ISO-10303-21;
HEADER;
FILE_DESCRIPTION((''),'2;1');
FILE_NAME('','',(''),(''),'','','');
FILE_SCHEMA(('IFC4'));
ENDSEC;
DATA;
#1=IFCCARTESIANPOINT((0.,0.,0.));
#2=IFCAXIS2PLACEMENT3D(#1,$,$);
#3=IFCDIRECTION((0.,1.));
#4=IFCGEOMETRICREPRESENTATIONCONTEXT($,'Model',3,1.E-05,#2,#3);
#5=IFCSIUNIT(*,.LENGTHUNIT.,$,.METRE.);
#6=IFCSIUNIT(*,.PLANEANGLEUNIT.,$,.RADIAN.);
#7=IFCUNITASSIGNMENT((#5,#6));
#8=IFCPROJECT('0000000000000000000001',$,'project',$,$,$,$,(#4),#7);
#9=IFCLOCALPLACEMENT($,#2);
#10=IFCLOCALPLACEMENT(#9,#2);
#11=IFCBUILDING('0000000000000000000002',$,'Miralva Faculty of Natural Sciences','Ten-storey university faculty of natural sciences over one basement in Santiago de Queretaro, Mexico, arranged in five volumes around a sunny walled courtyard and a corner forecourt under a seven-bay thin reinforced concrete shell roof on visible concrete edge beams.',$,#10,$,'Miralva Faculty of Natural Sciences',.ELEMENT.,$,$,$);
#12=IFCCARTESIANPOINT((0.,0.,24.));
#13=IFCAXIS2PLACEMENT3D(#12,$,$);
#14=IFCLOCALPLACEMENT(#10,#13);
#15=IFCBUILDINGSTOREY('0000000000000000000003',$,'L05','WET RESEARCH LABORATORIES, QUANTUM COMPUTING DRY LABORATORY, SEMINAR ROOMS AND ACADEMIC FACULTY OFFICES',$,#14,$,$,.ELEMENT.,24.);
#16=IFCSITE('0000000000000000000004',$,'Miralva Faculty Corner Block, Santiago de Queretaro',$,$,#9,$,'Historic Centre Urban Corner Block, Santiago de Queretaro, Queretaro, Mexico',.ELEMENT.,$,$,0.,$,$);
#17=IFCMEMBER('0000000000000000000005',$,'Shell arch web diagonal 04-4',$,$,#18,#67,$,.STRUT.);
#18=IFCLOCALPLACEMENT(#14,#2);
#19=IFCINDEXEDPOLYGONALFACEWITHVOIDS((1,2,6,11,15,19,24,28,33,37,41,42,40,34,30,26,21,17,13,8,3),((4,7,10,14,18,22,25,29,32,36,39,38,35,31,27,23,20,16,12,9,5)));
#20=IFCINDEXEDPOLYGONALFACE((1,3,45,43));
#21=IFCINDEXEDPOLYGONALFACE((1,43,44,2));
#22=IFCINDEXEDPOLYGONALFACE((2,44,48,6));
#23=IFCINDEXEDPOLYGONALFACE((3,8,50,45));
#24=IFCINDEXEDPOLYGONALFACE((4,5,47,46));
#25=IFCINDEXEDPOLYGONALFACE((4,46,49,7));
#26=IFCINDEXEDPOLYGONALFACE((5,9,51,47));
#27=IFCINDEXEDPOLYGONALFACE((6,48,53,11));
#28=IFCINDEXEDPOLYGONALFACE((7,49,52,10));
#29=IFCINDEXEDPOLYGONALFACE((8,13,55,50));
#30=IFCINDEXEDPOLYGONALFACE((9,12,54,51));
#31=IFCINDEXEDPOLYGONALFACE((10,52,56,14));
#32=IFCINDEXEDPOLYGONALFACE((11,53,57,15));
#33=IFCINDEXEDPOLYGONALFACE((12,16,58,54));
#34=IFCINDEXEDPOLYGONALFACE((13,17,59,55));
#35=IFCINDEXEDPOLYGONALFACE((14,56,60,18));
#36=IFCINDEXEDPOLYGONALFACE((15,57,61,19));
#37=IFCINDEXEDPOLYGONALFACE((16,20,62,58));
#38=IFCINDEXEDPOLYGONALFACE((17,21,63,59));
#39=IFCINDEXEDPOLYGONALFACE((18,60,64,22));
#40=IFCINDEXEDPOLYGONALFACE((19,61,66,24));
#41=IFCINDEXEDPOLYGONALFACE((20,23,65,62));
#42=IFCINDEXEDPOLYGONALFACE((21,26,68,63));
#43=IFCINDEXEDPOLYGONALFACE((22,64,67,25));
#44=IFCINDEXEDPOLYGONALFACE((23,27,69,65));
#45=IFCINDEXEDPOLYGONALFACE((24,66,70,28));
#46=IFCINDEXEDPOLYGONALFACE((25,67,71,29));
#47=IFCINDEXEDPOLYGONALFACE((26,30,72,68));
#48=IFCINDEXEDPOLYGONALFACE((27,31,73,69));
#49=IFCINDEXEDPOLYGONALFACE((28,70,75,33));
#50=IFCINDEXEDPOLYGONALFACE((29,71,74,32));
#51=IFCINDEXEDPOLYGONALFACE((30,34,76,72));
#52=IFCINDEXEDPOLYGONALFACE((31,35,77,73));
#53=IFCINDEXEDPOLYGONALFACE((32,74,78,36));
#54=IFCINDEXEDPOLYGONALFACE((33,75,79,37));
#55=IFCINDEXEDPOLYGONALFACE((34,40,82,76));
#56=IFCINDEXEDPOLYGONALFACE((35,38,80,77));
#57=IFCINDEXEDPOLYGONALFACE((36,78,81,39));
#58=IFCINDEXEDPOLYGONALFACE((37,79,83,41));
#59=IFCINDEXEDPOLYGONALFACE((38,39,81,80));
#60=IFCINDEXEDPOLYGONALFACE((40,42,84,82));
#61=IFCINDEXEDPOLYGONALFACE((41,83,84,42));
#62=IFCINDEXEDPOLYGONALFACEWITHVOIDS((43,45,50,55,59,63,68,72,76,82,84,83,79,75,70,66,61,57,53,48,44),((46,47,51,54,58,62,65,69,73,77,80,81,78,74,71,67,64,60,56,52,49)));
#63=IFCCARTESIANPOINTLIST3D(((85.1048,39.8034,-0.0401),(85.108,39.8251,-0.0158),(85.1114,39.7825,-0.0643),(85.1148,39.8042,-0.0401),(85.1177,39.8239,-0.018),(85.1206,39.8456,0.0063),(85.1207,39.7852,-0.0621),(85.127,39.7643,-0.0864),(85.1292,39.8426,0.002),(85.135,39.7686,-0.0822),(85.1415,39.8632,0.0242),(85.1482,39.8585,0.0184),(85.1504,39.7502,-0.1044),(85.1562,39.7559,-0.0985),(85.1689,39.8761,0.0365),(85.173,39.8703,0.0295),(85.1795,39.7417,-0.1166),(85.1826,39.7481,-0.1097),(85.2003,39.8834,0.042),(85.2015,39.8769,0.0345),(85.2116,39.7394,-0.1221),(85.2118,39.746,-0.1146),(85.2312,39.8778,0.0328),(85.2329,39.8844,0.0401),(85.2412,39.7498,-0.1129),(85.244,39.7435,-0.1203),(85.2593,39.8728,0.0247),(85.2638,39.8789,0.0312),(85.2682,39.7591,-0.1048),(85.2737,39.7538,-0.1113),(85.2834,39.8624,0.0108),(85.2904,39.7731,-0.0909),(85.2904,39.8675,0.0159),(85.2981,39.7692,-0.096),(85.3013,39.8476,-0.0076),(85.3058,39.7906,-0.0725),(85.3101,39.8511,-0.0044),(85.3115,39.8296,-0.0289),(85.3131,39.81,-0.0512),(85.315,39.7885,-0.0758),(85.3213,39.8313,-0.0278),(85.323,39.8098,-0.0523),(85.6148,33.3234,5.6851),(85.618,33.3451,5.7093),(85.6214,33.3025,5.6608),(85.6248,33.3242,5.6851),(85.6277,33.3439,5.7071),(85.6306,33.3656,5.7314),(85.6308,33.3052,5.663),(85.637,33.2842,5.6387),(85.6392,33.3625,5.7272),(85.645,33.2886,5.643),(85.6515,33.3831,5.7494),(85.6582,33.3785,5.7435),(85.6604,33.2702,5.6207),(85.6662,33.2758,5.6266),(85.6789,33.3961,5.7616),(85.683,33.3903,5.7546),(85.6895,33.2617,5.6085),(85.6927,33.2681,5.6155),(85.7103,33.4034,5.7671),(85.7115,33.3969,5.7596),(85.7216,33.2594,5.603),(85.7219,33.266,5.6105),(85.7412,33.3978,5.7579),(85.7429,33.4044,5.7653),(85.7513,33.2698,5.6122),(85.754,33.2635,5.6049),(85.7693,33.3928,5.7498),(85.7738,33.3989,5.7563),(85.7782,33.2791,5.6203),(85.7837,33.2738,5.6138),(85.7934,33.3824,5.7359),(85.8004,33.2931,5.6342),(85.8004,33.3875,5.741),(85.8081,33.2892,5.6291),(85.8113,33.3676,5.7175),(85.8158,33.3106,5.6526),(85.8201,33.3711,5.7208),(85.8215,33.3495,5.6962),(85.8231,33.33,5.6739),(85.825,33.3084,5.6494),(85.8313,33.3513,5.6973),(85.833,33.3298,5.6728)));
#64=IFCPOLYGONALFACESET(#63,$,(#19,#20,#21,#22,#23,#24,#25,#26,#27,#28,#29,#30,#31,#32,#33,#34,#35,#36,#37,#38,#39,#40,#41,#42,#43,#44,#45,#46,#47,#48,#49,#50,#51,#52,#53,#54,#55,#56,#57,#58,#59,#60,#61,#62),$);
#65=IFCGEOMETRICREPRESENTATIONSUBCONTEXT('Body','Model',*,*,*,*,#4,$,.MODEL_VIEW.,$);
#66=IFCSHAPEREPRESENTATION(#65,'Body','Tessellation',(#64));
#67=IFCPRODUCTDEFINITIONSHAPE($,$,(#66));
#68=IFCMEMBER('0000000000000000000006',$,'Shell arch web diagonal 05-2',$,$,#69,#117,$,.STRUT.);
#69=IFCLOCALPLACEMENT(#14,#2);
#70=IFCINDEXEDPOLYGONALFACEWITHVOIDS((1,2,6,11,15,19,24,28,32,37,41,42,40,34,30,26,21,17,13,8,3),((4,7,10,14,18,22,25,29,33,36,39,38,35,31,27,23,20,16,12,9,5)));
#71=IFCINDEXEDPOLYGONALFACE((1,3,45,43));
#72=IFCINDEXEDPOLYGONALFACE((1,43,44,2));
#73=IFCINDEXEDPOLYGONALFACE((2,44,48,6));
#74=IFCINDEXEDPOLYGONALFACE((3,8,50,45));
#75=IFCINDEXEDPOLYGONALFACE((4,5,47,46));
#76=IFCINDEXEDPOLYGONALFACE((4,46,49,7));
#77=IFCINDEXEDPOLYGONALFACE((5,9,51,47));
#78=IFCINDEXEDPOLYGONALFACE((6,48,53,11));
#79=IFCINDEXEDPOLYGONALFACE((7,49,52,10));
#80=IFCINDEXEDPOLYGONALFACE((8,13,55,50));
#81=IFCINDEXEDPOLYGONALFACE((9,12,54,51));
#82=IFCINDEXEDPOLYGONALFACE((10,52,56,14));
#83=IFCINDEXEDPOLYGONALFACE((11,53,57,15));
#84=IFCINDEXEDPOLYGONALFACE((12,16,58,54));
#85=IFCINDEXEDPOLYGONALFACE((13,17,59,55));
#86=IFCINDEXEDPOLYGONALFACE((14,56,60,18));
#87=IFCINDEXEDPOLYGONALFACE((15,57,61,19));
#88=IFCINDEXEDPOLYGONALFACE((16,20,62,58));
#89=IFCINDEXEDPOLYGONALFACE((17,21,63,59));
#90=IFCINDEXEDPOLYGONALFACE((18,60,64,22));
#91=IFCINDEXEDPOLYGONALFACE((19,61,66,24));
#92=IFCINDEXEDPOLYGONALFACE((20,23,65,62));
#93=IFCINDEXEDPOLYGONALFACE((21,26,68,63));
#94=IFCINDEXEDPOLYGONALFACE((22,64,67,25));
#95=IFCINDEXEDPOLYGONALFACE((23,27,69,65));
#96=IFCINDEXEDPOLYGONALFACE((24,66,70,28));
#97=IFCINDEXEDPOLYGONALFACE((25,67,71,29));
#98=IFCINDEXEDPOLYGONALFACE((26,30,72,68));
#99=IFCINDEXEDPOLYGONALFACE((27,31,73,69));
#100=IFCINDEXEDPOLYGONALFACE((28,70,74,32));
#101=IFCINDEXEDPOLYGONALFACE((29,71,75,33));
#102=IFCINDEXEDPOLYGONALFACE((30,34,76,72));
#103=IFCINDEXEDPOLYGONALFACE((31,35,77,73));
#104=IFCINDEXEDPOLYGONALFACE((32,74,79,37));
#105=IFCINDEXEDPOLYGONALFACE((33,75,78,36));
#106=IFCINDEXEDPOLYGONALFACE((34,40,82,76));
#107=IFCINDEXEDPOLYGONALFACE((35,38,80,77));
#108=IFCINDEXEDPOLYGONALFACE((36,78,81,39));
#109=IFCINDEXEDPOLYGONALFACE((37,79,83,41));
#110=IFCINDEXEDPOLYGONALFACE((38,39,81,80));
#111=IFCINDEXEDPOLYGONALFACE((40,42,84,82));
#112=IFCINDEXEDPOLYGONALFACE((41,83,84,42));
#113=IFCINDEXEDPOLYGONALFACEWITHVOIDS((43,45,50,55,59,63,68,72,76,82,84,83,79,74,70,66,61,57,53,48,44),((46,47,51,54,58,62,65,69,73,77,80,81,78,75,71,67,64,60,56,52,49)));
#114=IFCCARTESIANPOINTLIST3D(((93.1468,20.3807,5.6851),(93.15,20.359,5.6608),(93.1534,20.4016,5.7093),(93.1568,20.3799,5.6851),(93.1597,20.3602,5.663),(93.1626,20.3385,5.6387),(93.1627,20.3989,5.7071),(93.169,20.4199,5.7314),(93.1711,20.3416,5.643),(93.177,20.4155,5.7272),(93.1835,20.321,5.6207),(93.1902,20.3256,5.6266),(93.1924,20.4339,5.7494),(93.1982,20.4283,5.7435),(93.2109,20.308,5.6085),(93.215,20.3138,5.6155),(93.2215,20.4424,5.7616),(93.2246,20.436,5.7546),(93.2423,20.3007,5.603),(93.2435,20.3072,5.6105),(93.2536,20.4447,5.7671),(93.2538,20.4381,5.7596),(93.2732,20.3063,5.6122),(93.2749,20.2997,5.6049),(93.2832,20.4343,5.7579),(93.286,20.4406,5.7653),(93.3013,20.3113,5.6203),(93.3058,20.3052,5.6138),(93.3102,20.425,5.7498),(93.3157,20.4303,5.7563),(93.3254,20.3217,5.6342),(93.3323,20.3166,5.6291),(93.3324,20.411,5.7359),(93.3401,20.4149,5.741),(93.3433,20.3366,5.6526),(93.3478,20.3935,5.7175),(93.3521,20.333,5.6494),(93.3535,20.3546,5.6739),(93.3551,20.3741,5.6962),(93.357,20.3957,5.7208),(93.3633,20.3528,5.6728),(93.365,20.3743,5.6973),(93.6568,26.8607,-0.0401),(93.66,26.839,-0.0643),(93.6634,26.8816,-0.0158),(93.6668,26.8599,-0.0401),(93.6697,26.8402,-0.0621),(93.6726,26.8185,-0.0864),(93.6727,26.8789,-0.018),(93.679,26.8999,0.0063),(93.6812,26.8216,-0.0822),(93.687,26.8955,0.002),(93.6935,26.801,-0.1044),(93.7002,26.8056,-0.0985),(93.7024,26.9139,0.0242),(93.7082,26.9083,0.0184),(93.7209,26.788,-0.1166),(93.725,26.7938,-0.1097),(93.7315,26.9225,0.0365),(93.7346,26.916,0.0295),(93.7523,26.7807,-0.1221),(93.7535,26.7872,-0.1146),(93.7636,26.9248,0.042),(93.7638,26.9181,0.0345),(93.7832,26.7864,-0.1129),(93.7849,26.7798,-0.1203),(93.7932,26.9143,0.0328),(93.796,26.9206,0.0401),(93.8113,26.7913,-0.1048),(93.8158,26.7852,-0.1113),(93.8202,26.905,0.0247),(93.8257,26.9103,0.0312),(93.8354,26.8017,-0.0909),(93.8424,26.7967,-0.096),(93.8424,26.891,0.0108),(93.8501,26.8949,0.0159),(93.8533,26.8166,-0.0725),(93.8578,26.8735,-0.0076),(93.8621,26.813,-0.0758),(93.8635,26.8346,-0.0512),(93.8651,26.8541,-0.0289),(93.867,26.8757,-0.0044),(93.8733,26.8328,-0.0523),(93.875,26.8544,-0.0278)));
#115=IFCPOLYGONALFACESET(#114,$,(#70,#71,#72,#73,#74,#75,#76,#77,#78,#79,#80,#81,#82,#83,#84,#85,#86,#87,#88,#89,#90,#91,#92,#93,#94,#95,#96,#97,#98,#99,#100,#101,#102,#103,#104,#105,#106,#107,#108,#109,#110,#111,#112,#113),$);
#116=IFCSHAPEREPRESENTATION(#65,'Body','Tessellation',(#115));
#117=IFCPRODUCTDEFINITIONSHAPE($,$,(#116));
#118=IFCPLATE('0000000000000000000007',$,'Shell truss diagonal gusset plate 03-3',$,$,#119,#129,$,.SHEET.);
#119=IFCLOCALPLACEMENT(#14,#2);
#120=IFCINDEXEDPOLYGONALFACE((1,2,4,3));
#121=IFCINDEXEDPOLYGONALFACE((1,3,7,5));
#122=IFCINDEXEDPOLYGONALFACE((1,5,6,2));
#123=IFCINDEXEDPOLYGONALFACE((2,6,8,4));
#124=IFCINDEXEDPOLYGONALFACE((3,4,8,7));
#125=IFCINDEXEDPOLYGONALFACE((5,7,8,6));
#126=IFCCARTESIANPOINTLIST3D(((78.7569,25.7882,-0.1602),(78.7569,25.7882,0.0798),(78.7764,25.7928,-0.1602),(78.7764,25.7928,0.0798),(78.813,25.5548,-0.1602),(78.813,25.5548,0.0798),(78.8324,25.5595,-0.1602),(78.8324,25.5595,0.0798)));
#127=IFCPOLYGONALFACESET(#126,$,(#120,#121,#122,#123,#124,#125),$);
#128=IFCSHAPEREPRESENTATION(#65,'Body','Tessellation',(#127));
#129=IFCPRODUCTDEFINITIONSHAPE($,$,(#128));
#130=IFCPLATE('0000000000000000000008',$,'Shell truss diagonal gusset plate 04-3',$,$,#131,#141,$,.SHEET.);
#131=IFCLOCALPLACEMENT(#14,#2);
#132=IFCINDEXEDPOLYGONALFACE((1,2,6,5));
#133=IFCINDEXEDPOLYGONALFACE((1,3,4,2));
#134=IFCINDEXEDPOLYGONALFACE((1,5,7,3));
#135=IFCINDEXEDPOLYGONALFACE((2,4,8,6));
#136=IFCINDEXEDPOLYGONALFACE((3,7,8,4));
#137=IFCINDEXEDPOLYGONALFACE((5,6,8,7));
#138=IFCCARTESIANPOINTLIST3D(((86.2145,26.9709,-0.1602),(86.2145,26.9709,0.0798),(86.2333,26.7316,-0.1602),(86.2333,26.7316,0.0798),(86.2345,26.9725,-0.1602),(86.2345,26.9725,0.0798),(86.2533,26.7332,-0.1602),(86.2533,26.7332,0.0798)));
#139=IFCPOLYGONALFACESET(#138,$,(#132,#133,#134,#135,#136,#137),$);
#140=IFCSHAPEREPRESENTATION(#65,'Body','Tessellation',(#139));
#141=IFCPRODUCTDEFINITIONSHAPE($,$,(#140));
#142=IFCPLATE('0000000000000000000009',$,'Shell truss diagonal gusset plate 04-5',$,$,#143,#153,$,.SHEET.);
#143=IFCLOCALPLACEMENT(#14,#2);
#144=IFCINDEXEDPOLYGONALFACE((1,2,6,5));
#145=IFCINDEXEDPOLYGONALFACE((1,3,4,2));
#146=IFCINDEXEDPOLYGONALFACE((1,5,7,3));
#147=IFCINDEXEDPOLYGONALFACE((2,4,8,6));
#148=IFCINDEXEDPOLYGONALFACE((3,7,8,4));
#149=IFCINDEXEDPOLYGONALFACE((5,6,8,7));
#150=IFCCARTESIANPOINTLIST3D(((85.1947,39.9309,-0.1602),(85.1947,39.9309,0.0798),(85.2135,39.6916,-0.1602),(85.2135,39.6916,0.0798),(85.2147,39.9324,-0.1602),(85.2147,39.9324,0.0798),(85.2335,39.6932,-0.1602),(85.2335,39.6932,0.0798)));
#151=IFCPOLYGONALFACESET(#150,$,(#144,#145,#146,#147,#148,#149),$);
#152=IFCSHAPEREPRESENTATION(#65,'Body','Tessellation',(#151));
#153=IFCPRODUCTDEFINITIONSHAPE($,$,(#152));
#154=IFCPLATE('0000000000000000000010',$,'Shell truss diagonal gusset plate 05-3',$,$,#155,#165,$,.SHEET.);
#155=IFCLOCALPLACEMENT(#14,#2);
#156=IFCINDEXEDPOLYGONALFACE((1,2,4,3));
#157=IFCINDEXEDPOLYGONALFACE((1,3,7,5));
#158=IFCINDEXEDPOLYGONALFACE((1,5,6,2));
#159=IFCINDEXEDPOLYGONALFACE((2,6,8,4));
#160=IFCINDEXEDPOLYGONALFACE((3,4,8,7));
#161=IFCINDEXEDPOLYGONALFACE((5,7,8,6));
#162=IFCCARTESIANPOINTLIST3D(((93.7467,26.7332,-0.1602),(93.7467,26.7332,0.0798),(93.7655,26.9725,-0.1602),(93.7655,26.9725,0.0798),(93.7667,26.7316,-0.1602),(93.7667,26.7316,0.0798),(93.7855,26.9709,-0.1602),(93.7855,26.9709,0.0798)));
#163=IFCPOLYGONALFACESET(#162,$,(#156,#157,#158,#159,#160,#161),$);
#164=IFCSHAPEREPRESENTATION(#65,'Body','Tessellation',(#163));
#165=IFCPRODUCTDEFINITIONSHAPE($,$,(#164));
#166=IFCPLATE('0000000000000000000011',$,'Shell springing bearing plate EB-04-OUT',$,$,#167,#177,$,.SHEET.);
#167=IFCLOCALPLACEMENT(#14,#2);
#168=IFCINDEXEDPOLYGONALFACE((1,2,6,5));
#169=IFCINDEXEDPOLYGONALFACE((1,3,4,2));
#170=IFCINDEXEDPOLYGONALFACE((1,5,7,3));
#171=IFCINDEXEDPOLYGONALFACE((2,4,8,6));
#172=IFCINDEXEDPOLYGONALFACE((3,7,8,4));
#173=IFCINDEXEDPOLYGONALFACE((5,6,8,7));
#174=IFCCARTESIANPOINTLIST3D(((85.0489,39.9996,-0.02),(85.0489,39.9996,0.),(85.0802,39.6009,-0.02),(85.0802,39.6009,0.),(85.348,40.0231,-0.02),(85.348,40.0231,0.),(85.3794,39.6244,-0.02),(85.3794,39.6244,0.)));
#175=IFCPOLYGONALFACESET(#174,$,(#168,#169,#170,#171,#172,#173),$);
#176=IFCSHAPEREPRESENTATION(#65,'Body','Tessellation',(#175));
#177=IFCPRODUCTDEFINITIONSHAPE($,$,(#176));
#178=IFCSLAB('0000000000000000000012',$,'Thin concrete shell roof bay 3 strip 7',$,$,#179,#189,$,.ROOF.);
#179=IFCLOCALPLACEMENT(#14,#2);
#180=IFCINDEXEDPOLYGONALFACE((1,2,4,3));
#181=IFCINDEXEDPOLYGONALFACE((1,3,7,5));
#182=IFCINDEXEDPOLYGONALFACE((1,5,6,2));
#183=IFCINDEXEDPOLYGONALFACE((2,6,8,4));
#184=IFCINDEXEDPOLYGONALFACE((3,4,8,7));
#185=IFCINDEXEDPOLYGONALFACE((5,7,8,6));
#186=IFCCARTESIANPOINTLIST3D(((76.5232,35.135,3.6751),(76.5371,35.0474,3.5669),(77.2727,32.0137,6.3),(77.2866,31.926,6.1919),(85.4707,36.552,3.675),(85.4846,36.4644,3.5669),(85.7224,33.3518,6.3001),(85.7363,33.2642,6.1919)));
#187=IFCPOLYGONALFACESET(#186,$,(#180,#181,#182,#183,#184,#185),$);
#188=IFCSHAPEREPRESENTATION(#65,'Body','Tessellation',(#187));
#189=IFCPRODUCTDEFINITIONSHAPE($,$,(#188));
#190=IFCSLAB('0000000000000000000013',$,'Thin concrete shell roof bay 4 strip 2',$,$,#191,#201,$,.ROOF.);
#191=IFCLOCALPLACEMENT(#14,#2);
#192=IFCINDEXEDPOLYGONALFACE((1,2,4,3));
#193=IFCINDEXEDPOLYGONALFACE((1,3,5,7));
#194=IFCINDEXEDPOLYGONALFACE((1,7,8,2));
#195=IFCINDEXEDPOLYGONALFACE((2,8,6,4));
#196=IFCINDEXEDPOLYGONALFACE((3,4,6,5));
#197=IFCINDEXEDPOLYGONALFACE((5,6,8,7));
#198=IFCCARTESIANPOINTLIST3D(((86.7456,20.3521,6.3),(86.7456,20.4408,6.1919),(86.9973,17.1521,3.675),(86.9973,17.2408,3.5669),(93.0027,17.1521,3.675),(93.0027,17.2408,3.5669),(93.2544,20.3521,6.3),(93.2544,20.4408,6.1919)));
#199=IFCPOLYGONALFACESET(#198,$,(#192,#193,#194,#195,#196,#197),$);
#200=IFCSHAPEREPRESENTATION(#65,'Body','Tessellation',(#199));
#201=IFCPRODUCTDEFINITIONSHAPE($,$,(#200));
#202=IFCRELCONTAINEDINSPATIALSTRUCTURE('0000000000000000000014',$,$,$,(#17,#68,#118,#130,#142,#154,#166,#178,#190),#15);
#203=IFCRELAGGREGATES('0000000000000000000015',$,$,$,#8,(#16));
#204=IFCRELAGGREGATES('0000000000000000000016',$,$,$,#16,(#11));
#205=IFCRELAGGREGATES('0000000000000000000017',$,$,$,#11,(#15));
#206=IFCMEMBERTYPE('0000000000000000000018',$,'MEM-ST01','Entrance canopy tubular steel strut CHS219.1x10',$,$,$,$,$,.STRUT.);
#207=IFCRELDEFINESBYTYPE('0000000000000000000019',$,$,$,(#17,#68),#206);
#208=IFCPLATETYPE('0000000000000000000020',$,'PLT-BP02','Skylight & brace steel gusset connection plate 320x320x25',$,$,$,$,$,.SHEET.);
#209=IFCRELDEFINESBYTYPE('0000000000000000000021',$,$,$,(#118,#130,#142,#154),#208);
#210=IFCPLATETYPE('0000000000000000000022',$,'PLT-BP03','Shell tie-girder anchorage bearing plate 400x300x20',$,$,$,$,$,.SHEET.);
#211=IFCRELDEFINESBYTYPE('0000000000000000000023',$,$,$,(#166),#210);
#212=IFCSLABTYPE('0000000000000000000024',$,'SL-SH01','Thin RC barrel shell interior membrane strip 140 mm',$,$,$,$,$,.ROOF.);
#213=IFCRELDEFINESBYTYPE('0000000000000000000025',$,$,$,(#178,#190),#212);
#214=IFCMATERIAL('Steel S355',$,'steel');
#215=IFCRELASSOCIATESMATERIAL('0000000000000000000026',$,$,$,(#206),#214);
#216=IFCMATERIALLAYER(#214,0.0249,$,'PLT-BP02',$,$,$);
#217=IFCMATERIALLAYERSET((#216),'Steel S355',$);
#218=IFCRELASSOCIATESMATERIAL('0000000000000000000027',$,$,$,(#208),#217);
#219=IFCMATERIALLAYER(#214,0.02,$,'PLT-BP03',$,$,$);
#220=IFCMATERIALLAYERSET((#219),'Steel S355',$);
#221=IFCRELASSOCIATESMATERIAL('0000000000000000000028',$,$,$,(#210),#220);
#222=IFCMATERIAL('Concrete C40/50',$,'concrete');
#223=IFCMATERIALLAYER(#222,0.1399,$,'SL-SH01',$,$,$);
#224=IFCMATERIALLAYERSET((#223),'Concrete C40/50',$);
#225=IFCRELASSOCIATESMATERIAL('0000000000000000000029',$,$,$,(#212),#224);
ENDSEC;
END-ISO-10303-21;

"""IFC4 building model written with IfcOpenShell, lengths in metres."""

from ifc_helpers import new_model, si_unit, direction, frame, origin, origin_2d, place, context, subcontext, project, spatial, polyline, rectangle, hollow_circle, outline, extrude, material, layer, layer_set, material_profile, profile_set, type_object, element, save


model = new_model("IFC4")

# Units and contexts
model_context = context("Model", 3, precision=1e-05, world=origin(), true_north=direction((0.0, 1.0)))
body_context = subcontext(model_context, "Body", "Model", "MODEL_VIEW")
ifc_project = project(units=[si_unit("LENGTHUNIT", "METRE"), si_unit("PLANEANGLEUNIT", "RADIAN")], contexts=[model_context])

# Site, building, storey
site_placement = place(None, origin())
site = spatial("IfcSite", under=ifc_project, at=site_placement, Name="Miralva Faculty Corner Block, Santiago de Queretaro", LongName="Historic Centre Urban Corner Block, Santiago de Queretaro, Queretaro, Mexico", CompositionType="ELEMENT", RefElevation=0.0)
building_placement = place(site_placement, origin())
building = spatial("IfcBuilding", under=site, at=building_placement, Name="Miralva Faculty of Natural Sciences", Description="Ten-storey university faculty of natural sciences over one basement in Santiago de Queretaro, Mexico, arranged in five volumes around a sunny walled courtyard and a corner forecourt under a seven-bay thin reinforced concrete shell roof on visible concrete edge beams.", LongName="Miralva Faculty of Natural Sciences", CompositionType="ELEMENT")
storey_placement = place(building_placement, frame((0.0, 0.0, 24.0)))
storey = spatial("IfcBuildingStorey", under=building, at=storey_placement, Name="L05", Description="WET RESEARCH LABORATORIES, QUANTUM COMPUTING DRY LABORATORY, SEMINAR ROOMS AND ACADEMIC FACULTY OFFICES", CompositionType="ELEMENT", Elevation=24.0)

# Shared definitions
ifc_material_1 = material(Name="Concrete C40/50", Category="concrete")
ifc_material_2 = material(Name="Steel S355", Category="steel")

# Members
ifc_material_profile_1 = material_profile(ifc_material_2, hollow_circle(Radius=0.1096, WallThickness=0.01, at=origin_2d()), Name="CHS 219.1x10")
ifc_profile_set_1 = profile_set([ifc_material_profile_1], Name="Steel S355")
member_type_1 = type_object("IfcMemberType", Name="MEM-ST01", Description="Entrance canopy tubular steel strut CHS219.1x10", PredefinedType="STRUT", material=ifc_profile_set_1)
for number, where, z_axis, x_axis, name in (
    (1, (85.7241, 33.332, 5.6851), (-0.05888, 0.748109, -0.660958), (-0.996917, -0.078463, 0.0), "Shell arch web diagonal 04-4"),
    (2, (93.2561, 20.3721, 5.6851), (0.05888, 0.748109, -0.660958), (-0.996917, 0.078463, 0.0), "Shell arch web diagonal 05-2"),
):
    element("IfcMember", number, at=place(storey_placement, frame(where, z_axis=z_axis, x_axis=x_axis)), inside=storey, type_object=member_type_1, Name=name, PredefinedType="STRUT", context=body_context, shape_type="SweptSolid", body=[
        extrude(hollow_circle(Radius=0.1096, WallThickness=0.01, at=origin_2d()), origin(), (0.0, 0.0, 1.0), 8.6619),
    ])

# Plates
ifc_layer_1 = layer(ifc_material_2, 0.0249, Name="PLT-BP02")
ifc_layer_set_1 = layer_set([ifc_layer_1], Name="Steel S355")
plate_type_1 = type_object("IfcPlateType", Name="PLT-BP02", Description="Skylight & brace steel gusset connection plate 320x320x25", PredefinedType="SHEET", material=ifc_layer_set_1)
for number, where, z_axis, x_axis, name in (
    (3, (78.7947, 25.6738, -0.1602), (0.0, 0.0, 1.0), (-0.233445, 0.97237, 0.0), "Shell truss diagonal gusset plate 03-3"),
    (4, (86.2339, 26.8521, -0.1602), (0.0, 0.0, 1.0), (-0.078459, 0.996917, 0.0), "Shell truss diagonal gusset plate 04-3"),
    (5, (85.2141, 39.812, -0.1602), (0.0, 0.0, 1.0), (-0.078459, 0.996917, 0.0), "Shell truss diagonal gusset plate 04-5"),
    (6, (93.7661, 26.8521, -0.1602), (0.0, 0.0, 1.0), (0.078459, 0.996917, 0.0), "Shell truss diagonal gusset plate 05-3"),
):
    element("IfcPlate", number, at=place(storey_placement, frame(where, z_axis=z_axis, x_axis=x_axis)), inside=storey, type_object=plate_type_1, Name=name, PredefinedType="SHEET", context=body_context, shape_type="SweptSolid", body=[
        extrude(rectangle(XDim=0.24, YDim=0.02, at=origin_2d()), origin(), (0.0, 0.0, 1.0), 0.24),
    ])
ifc_layer_2 = layer(ifc_material_2, 0.02, Name="PLT-BP03")
ifc_layer_set_2 = layer_set([ifc_layer_2], Name="Steel S355")
plate_type_2 = type_object("IfcPlateType", Name="PLT-BP03", Description="Shell tie-girder anchorage bearing plate 400x300x20", PredefinedType="SHEET", material=ifc_layer_set_2)
plate_placement = place(storey_placement, frame((85.2141, 39.812, -0.02), z_axis=(0.0, 0.0, 1.0), x_axis=(-0.078459, 0.996917, 0.0)))
element("IfcPlate", 7, at=plate_placement, inside=storey, type_object=plate_type_2, Name="Shell springing bearing plate EB-04-OUT", PredefinedType="SHEET", context=body_context, shape_type="SweptSolid", body=[
    extrude(rectangle(XDim=0.3999, YDim=0.3, at=origin_2d()), origin(), (0.0, 0.0, 1.0), 0.02),
])

# Slabs
ifc_layer_3 = layer(ifc_material_1, 0.1399, Name="SL-SH01")
ifc_layer_set_3 = layer_set([ifc_layer_3], Name="Concrete C40/50")
slab_type_1 = type_object("IfcSlabType", Name="SL-SH01", Description="Thin RC barrel shell interior membrane strip 140 mm", PredefinedType="ROOF", material=ifc_layer_set_3)
slab_1_placement = place(storey_placement, frame((77.2727, 32.0137, 6.3), z_axis=(-0.0992, 0.626398, 0.773165), x_axis=(0.987691, 0.156416, 0.000001)))
element("IfcSlab", 8, at=slab_1_placement, inside=storey, type_object=slab_type_1, Name="Thin concrete shell roof bay 3 strip 7", PredefinedType="ROOF", context=body_context, shape_type="SweptSolid", body=[
    extrude(outline(polyline([(0.0, 0.0), (8.555, 0.0), (8.807, 4.1391), (-0.2521, 4.139), (0.0, 0.0)])), origin(), (0.0, 0.0, -1.0), 0.1399),
])
slab_2_placement = place(storey_placement, frame((86.9973, 17.1521, 3.675), z_axis=(0.0, -0.63423, 0.773145), x_axis=(1.0, 0.0, 0.0)))
element("IfcSlab", 9, at=slab_2_placement, inside=storey, type_object=slab_type_1, Name="Thin concrete shell roof bay 4 strip 2", PredefinedType="ROOF", context=body_context, shape_type="SweptSolid", body=[
    extrude(outline(polyline([(0.0, 0.0), (6.0054, 0.0), (6.2571, 4.1389), (-0.2517, 4.1389), (0.0, 0.0)])), origin(), (0.0, 0.0, -1.0), 0.1399),
])

save(model, "model.ifc")
